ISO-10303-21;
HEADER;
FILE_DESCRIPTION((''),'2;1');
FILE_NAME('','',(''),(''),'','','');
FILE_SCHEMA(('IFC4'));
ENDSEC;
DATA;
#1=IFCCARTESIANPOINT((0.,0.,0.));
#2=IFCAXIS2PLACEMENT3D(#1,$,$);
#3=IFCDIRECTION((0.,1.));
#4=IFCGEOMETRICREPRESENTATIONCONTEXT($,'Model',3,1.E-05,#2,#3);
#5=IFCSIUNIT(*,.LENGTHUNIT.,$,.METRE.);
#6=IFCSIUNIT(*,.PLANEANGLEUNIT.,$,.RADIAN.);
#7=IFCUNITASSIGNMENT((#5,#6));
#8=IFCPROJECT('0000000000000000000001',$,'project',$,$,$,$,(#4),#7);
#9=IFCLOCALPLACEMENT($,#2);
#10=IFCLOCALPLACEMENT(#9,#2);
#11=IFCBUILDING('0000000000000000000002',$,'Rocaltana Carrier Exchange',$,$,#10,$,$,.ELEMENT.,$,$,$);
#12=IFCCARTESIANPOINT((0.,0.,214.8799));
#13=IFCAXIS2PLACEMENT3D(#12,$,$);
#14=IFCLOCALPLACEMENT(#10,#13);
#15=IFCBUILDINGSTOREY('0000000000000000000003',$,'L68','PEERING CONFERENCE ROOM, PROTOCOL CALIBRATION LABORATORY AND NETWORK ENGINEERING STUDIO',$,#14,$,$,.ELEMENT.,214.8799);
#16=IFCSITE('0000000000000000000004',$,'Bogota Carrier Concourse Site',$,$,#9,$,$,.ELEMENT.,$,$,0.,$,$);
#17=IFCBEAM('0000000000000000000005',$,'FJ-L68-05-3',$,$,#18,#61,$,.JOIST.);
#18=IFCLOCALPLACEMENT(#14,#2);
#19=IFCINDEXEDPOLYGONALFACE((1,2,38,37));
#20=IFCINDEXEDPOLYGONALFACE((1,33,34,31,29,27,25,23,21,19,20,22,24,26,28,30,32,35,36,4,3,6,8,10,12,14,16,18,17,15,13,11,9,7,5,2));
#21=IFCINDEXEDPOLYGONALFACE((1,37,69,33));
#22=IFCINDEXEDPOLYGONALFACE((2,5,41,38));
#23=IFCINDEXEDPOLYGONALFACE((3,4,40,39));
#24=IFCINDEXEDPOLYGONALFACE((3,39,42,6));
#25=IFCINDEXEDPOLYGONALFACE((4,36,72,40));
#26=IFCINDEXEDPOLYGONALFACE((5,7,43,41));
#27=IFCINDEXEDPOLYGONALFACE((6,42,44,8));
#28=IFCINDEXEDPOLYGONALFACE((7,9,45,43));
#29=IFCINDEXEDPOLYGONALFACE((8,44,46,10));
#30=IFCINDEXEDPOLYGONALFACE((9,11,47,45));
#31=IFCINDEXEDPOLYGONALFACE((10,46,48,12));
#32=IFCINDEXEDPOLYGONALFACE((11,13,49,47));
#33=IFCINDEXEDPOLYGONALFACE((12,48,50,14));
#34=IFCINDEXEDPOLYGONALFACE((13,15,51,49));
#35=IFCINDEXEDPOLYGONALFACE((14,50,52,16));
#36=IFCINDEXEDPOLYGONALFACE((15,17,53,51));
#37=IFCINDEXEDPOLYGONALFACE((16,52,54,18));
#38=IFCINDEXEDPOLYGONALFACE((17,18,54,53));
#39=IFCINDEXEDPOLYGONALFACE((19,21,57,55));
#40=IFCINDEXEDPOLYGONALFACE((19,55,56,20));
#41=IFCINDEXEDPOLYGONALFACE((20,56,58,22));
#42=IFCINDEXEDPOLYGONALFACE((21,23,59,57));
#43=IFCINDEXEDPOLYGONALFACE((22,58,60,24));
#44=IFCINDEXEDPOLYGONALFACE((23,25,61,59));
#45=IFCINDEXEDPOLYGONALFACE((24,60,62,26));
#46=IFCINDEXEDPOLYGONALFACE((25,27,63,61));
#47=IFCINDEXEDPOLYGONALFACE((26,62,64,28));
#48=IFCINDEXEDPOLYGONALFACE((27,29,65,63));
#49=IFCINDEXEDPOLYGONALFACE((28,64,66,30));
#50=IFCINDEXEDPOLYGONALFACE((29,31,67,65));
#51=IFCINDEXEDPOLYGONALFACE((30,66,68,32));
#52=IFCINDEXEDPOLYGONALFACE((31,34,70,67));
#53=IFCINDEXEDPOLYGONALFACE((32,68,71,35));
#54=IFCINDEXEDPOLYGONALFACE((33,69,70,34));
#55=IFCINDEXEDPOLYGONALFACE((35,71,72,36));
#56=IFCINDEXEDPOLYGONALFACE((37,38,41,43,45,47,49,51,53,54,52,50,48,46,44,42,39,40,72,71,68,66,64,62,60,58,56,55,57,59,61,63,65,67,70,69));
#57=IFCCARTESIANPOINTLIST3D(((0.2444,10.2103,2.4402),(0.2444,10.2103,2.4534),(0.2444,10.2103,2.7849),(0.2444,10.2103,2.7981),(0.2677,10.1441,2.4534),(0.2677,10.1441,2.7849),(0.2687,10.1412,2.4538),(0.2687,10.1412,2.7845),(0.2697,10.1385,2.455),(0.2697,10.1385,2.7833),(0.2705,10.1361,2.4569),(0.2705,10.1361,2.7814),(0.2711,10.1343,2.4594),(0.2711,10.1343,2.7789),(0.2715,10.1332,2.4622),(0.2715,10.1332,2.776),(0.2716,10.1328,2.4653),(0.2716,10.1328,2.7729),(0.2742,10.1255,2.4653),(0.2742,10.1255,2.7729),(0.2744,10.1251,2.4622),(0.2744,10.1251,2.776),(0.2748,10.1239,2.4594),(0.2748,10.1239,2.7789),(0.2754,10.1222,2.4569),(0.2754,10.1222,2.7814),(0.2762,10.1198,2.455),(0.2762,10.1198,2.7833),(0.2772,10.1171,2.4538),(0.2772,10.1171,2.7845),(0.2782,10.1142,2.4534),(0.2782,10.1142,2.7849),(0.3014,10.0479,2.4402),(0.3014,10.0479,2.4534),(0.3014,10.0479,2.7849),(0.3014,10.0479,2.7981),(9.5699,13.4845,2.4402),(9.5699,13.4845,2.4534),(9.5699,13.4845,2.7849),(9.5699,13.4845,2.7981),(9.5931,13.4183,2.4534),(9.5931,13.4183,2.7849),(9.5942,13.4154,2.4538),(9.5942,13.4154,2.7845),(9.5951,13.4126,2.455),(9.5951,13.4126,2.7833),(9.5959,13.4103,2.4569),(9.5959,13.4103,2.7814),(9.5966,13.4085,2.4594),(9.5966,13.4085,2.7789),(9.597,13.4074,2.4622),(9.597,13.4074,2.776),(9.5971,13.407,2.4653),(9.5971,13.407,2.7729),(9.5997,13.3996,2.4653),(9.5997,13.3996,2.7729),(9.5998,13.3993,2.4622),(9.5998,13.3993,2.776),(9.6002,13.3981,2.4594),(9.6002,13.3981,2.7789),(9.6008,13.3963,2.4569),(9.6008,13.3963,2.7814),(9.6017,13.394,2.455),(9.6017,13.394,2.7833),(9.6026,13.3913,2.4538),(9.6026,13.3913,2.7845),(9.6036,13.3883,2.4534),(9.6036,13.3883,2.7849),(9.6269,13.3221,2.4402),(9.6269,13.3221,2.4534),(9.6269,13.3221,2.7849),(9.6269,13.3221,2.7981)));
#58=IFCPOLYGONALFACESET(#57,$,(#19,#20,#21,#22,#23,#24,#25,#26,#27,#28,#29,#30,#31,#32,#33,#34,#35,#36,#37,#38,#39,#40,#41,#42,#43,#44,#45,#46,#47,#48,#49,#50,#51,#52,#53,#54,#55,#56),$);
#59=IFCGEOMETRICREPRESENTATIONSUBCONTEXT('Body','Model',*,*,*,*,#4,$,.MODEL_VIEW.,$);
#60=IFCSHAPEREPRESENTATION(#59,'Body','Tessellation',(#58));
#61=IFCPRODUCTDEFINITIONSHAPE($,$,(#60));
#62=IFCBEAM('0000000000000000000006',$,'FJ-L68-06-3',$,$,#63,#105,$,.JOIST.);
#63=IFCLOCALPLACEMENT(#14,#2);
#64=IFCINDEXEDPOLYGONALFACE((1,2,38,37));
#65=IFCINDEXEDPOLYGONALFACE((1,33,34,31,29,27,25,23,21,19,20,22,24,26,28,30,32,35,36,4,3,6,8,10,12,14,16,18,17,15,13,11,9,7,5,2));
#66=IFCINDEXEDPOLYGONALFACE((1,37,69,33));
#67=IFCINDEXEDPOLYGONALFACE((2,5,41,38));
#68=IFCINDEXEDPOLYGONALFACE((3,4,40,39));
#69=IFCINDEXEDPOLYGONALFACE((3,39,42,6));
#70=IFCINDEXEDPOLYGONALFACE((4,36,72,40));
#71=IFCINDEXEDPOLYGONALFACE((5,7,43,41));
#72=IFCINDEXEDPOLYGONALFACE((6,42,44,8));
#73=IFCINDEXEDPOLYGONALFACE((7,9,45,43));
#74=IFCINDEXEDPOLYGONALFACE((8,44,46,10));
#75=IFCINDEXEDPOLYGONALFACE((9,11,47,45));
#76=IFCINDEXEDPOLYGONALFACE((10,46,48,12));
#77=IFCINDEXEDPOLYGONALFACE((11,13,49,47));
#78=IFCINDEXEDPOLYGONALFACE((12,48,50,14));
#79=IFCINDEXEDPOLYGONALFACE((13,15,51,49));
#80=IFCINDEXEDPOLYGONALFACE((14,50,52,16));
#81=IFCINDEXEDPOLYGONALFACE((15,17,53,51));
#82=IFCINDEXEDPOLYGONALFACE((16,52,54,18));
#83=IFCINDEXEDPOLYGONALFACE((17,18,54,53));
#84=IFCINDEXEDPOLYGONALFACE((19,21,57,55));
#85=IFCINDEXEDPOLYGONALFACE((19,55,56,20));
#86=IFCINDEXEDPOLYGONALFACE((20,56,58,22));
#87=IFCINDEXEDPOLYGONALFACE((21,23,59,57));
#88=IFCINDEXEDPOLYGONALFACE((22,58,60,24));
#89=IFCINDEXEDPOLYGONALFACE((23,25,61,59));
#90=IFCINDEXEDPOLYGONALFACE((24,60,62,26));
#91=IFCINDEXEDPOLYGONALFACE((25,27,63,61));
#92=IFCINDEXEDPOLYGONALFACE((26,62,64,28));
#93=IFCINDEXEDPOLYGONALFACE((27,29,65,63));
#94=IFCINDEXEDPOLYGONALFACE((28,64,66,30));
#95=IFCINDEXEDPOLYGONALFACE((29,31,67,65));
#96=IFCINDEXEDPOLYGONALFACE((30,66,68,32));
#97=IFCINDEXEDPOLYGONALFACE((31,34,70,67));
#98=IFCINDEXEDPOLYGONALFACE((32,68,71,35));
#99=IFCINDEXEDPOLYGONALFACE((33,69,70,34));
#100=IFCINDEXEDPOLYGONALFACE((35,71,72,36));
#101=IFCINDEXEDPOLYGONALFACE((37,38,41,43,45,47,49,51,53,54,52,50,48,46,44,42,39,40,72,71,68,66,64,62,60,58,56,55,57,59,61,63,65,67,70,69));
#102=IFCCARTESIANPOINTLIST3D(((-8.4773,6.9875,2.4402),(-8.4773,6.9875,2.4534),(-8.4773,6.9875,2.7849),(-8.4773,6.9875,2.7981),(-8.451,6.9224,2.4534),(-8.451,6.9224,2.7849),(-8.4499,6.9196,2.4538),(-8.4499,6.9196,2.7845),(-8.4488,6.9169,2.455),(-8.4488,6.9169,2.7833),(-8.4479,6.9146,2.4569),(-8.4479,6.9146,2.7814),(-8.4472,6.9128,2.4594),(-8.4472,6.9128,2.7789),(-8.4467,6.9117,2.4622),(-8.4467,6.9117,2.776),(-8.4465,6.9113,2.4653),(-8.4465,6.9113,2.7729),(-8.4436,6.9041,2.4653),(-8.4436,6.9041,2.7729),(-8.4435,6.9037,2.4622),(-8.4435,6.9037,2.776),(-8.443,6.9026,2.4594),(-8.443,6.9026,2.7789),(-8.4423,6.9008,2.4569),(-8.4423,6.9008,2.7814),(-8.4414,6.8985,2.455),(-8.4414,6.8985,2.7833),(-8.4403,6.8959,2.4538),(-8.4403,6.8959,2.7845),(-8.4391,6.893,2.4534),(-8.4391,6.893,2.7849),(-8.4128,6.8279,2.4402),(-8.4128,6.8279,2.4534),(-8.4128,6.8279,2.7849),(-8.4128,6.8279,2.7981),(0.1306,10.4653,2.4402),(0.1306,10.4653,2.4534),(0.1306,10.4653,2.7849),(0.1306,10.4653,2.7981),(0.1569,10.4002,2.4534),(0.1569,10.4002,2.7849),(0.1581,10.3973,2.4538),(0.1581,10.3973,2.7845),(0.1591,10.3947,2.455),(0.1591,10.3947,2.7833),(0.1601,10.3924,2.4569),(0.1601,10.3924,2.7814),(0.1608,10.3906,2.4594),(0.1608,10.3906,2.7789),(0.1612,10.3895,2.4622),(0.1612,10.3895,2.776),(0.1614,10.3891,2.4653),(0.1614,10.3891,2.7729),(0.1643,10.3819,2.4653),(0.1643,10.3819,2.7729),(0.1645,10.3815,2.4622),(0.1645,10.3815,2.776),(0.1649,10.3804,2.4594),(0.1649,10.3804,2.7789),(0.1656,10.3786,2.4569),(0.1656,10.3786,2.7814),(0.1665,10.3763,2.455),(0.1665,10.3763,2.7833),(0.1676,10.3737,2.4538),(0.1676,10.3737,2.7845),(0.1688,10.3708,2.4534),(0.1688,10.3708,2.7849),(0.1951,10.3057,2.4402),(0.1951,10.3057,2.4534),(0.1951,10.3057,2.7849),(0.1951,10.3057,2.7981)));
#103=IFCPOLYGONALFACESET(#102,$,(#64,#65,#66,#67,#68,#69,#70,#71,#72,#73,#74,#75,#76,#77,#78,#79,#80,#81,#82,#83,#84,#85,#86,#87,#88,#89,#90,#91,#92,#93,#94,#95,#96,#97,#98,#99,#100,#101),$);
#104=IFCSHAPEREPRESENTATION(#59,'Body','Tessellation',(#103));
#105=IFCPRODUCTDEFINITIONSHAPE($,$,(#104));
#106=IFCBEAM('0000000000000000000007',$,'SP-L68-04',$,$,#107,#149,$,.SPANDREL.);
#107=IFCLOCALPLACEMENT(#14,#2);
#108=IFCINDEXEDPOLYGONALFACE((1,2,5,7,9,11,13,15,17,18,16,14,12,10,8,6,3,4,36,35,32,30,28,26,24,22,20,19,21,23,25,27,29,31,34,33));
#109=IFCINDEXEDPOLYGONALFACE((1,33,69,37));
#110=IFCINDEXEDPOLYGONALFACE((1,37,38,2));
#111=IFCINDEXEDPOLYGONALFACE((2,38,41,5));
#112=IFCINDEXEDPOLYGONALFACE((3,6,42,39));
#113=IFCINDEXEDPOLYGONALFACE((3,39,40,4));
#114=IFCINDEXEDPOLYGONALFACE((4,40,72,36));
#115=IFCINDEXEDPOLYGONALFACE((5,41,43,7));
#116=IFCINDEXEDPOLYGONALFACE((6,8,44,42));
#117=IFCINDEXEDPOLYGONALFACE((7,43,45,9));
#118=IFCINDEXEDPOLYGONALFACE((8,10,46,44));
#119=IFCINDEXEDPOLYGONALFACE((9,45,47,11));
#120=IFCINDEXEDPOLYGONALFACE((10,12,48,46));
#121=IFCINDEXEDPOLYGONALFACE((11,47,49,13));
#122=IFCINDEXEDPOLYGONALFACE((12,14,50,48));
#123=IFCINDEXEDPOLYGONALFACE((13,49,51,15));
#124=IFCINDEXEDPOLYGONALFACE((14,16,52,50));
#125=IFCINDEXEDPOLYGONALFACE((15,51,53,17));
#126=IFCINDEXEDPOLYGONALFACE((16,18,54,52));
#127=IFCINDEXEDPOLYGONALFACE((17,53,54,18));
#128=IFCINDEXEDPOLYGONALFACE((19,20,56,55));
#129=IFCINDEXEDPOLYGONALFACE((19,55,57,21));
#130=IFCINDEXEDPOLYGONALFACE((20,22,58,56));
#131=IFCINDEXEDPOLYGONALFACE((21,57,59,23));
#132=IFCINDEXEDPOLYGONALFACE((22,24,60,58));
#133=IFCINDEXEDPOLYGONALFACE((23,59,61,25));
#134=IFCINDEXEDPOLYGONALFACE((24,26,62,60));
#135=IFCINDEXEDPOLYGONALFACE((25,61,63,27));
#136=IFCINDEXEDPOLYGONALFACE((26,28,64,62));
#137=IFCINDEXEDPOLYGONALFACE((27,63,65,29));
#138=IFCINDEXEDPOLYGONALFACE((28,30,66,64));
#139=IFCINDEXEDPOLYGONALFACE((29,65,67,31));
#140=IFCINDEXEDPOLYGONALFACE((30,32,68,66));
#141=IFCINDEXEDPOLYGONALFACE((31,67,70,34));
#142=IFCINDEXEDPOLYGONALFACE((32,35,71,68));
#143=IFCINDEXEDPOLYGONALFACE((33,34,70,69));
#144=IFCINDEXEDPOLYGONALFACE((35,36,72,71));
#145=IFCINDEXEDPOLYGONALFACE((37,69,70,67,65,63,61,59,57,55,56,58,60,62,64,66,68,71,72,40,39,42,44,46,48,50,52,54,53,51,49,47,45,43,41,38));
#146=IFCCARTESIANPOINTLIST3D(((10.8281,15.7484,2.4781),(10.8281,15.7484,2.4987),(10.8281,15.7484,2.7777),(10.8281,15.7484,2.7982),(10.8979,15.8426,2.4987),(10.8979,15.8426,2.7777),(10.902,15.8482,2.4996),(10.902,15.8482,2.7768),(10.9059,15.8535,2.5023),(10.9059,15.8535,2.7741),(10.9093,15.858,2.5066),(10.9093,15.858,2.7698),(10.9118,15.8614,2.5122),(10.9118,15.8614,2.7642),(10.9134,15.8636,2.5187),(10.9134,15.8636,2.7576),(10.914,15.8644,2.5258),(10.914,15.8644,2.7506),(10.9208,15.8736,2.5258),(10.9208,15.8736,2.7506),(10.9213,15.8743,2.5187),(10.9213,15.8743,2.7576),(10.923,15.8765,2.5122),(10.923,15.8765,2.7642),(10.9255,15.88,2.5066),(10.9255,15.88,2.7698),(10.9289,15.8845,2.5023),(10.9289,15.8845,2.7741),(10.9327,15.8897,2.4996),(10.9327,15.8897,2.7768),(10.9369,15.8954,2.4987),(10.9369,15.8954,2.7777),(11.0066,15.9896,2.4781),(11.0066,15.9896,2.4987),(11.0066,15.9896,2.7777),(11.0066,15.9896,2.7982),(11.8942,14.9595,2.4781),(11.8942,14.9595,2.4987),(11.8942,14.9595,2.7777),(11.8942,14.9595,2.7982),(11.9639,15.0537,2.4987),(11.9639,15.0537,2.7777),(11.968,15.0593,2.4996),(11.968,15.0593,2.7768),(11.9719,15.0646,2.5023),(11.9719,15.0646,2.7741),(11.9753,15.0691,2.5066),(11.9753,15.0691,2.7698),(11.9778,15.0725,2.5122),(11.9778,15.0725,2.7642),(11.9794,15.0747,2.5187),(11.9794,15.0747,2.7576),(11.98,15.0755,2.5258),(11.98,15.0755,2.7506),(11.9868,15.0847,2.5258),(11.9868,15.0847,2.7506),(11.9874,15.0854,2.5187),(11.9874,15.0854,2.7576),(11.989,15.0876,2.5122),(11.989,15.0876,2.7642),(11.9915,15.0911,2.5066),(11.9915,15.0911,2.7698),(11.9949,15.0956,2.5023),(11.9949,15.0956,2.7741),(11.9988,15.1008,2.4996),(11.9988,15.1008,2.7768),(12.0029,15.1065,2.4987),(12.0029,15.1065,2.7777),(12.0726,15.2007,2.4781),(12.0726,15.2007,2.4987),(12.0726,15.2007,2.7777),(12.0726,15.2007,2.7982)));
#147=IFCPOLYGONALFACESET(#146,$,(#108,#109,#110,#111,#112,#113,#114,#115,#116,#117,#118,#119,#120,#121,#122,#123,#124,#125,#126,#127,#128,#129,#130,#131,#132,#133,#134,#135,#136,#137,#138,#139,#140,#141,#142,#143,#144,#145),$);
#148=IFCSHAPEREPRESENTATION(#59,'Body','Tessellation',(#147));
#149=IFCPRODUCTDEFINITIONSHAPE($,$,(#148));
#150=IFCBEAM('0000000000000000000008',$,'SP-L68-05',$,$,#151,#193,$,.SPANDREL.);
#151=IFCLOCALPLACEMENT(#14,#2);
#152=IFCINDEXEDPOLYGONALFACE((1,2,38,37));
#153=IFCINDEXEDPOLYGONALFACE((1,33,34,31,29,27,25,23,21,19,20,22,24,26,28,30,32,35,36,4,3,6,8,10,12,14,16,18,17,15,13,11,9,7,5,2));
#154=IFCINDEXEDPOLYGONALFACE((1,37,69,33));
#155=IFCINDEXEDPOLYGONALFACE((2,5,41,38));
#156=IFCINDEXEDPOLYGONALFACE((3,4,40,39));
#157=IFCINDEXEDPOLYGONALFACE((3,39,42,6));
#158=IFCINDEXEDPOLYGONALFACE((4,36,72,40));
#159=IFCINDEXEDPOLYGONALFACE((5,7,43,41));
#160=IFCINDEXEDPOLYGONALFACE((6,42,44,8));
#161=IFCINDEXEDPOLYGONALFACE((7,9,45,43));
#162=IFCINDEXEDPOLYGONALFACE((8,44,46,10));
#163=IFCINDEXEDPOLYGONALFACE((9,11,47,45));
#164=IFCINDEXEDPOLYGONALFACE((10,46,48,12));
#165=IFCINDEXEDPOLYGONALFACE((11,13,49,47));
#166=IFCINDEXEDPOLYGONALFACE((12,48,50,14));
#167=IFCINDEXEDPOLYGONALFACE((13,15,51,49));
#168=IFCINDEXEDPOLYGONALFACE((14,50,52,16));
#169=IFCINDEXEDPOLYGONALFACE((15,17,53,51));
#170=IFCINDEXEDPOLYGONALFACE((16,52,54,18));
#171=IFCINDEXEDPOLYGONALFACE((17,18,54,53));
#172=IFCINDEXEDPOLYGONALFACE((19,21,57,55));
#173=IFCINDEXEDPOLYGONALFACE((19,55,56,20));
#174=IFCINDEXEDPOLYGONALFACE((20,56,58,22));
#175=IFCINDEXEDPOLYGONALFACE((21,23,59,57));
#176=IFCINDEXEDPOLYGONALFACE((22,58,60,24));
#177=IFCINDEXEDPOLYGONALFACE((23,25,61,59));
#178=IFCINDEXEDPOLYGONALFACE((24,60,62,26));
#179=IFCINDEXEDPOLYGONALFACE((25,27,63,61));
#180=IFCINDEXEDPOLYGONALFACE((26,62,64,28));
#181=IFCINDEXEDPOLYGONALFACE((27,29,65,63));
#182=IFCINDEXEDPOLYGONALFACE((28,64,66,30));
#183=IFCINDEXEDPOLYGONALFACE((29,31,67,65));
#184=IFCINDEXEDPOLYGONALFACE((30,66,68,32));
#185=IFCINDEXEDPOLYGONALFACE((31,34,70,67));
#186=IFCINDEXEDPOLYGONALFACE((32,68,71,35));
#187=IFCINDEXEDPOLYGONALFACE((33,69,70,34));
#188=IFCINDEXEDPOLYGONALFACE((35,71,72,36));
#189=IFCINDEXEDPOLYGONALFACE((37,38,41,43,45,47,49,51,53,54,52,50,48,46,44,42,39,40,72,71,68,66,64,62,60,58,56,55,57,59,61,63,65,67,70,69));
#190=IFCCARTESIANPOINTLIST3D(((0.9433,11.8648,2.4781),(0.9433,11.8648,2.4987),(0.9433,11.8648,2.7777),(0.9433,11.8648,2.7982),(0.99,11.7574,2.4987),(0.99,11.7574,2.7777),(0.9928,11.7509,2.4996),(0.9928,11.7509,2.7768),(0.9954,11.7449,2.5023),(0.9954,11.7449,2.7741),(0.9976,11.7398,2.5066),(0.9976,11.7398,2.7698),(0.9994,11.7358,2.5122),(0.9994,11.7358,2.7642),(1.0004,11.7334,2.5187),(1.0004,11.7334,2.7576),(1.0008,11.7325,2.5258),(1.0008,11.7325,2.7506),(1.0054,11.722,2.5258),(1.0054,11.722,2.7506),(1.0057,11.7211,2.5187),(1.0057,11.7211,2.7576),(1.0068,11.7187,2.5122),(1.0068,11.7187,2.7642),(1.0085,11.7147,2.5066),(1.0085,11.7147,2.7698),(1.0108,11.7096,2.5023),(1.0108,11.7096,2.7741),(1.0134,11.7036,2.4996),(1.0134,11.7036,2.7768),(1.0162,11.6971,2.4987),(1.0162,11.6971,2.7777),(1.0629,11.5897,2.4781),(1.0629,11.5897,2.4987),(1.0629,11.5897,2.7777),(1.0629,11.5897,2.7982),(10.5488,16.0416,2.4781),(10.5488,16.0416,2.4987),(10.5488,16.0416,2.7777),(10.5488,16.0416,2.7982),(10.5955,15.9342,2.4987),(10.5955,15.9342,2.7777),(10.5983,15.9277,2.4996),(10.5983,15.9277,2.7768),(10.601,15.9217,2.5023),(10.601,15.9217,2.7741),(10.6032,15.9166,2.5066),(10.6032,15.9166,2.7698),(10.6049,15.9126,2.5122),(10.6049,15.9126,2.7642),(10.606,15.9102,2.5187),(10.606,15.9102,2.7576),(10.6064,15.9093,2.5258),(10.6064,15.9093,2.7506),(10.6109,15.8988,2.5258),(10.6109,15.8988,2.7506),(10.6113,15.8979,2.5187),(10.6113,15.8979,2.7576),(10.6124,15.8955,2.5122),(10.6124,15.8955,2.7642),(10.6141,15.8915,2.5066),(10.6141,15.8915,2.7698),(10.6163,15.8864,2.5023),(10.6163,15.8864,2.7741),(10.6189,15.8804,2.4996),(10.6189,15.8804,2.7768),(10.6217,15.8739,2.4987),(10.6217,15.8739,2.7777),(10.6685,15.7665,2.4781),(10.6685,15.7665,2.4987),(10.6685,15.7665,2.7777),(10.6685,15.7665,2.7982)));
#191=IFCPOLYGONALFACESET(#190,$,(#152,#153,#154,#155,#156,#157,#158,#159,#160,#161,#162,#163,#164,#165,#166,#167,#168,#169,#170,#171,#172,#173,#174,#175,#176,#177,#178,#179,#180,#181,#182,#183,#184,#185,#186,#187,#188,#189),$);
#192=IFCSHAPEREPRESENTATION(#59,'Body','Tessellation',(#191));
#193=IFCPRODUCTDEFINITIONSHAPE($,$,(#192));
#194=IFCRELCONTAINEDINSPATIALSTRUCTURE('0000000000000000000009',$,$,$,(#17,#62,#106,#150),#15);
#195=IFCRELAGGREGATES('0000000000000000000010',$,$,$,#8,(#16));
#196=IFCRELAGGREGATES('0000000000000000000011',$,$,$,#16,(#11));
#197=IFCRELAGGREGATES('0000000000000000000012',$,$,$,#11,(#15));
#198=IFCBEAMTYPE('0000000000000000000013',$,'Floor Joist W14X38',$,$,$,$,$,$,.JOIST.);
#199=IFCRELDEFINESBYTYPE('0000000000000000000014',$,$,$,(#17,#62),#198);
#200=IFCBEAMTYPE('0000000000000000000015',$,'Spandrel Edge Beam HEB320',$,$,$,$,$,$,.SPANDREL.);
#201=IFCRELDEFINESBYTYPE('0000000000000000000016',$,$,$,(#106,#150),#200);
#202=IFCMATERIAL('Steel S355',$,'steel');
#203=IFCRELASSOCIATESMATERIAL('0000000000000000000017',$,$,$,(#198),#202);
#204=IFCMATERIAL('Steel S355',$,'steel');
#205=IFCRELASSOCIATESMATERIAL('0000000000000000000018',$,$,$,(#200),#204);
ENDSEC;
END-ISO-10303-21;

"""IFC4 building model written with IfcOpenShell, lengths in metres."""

from ifc_helpers import new_model, si_unit, direction, frame, origin, origin_2d, place, context, subcontext, project, spatial, i_section, extrude, material, material_profile, profile_set, type_object, element, save


model = new_model("IFC4")

# Units and contexts
model_context = context("Model", 3, precision=1e-05, world=origin(), true_north=direction((0.0, 1.0)))
body_context = subcontext(model_context, "Body", "Model", "MODEL_VIEW")
ifc_project = project(units=[si_unit("LENGTHUNIT", "METRE"), si_unit("PLANEANGLEUNIT", "RADIAN")], contexts=[model_context])

# Site, building, storey
site_placement = place(None, origin())
site = spatial("IfcSite", under=ifc_project, at=site_placement, Name="Bogota Carrier Concourse Site", CompositionType="ELEMENT", RefElevation=0.0)
building_placement = place(site_placement, origin())
building = spatial("IfcBuilding", under=site, at=building_placement, Name="Rocaltana Carrier Exchange", CompositionType="ELEMENT")
storey_placement = place(building_placement, frame((0.0, 0.0, 214.8799)))
storey = spatial("IfcBuildingStorey", under=building, at=storey_placement, Name="L68", Description="PEERING CONFERENCE ROOM, PROTOCOL CALIBRATION LABORATORY AND NETWORK ENGINEERING STUDIO", CompositionType="ELEMENT", Elevation=214.8799)

# Beams
ifc_material_1 = material(Name="Steel S355", Category="steel")
ifc_material_profile_1 = material_profile(ifc_material_1, i_section(OverallWidth=0.1721, OverallDepth=0.3579, WebThickness=0.0078, FlangeThickness=0.0132, FilletRadius=0.012, at=origin_2d()), Name="W14X38")
ifc_profile_set_1 = profile_set([ifc_material_profile_1], Name="Steel S355")
beam_type_1 = type_object("IfcBeamType", Name="Floor Joist W14X38", PredefinedType="JOIST", material=ifc_profile_set_1)
beam_1_placement = place(storey_placement, frame((9.5984, 13.4033, 2.6191), z_axis=(-0.943534, -0.331276, 0.0), x_axis=(0.331276, -0.943534, 0.0)))
element("IfcBeam", 1, at=beam_1_placement, inside=storey, type_object=beam_type_1, Name="FJ-L68-05-3", PredefinedType="JOIST", context=body_context, shape_type="SweptSolid", body=[
    extrude(i_section(OverallWidth=0.1721, OverallDepth=0.3579, WebThickness=0.0078, FlangeThickness=0.0132, FilletRadius=0.012, at=origin_2d()), origin(), (0.0, 0.0, 1.0), 9.8835),
])
beam_2_placement = place(storey_placement, frame((0.1628, 10.3855, 2.6191), z_axis=(-0.927185, -0.374603, 0.0), x_axis=(0.374603, -0.927185, 0.0)))
element("IfcBeam", 2, at=beam_2_placement, inside=storey, type_object=beam_type_1, Name="FJ-L68-06-3", PredefinedType="JOIST", context=body_context, shape_type="SweptSolid", body=[
    extrude(i_section(OverallWidth=0.1721, OverallDepth=0.3579, WebThickness=0.0078, FlangeThickness=0.0132, FilletRadius=0.012, at=origin_2d()), origin(), (0.0, 0.0, 1.0), 9.2839),
])
ifc_material_2 = material(Name="Steel S355", Category="steel")
ifc_material_profile_2 = material_profile(ifc_material_2, i_section(OverallWidth=0.3, OverallDepth=0.3201, WebThickness=0.0115, FlangeThickness=0.0205, FilletRadius=0.0271, at=origin_2d()), Name="HEB320")
ifc_profile_set_2 = profile_set([ifc_material_profile_2], Name="Steel S355")
beam_type_2 = type_object("IfcBeamType", Name="Spandrel Edge Beam HEB320", PredefinedType="SPANDREL", material=ifc_profile_set_2)
beam_3_placement = place(storey_placement, frame((11.9834, 15.0801, 2.6382), z_axis=(-0.803828, 0.594862, 0.0), x_axis=(-0.594862, -0.803828, 0.0)))
element("IfcBeam", 3, at=beam_3_placement, inside=storey, type_object=beam_type_2, Name="SP-L68-04", PredefinedType="SPANDREL", context=body_context, shape_type="SweptSolid", body=[
    extrude(i_section(OverallWidth=0.3, OverallDepth=0.3201, WebThickness=0.0115, FlangeThickness=0.0205, FilletRadius=0.0271, at=origin_2d()), origin(), (0.0, 0.0, 1.0), 1.3262),
])
for number, where, z_axis, x_axis, name in (
    (4, (10.6086, 15.9041, 2.6382), (-0.917054, -0.398764, 0.0), (0.398764, -0.917054, 0.0), "SP-L68-05"),
):
    element("IfcBeam", number, at=place(storey_placement, frame(where, z_axis=z_axis, x_axis=x_axis)), inside=storey, type_object=beam_type_2, Name=name, PredefinedType="SPANDREL", context=body_context, shape_type="SweptSolid", body=[
        extrude(i_section(OverallWidth=0.3, OverallDepth=0.3201, WebThickness=0.0115, FlangeThickness=0.0205, FilletRadius=0.0271, at=origin_2d()), origin(), (0.0, 0.0, 1.0), 10.4744),
    ])

save(model, "model.ifc")
